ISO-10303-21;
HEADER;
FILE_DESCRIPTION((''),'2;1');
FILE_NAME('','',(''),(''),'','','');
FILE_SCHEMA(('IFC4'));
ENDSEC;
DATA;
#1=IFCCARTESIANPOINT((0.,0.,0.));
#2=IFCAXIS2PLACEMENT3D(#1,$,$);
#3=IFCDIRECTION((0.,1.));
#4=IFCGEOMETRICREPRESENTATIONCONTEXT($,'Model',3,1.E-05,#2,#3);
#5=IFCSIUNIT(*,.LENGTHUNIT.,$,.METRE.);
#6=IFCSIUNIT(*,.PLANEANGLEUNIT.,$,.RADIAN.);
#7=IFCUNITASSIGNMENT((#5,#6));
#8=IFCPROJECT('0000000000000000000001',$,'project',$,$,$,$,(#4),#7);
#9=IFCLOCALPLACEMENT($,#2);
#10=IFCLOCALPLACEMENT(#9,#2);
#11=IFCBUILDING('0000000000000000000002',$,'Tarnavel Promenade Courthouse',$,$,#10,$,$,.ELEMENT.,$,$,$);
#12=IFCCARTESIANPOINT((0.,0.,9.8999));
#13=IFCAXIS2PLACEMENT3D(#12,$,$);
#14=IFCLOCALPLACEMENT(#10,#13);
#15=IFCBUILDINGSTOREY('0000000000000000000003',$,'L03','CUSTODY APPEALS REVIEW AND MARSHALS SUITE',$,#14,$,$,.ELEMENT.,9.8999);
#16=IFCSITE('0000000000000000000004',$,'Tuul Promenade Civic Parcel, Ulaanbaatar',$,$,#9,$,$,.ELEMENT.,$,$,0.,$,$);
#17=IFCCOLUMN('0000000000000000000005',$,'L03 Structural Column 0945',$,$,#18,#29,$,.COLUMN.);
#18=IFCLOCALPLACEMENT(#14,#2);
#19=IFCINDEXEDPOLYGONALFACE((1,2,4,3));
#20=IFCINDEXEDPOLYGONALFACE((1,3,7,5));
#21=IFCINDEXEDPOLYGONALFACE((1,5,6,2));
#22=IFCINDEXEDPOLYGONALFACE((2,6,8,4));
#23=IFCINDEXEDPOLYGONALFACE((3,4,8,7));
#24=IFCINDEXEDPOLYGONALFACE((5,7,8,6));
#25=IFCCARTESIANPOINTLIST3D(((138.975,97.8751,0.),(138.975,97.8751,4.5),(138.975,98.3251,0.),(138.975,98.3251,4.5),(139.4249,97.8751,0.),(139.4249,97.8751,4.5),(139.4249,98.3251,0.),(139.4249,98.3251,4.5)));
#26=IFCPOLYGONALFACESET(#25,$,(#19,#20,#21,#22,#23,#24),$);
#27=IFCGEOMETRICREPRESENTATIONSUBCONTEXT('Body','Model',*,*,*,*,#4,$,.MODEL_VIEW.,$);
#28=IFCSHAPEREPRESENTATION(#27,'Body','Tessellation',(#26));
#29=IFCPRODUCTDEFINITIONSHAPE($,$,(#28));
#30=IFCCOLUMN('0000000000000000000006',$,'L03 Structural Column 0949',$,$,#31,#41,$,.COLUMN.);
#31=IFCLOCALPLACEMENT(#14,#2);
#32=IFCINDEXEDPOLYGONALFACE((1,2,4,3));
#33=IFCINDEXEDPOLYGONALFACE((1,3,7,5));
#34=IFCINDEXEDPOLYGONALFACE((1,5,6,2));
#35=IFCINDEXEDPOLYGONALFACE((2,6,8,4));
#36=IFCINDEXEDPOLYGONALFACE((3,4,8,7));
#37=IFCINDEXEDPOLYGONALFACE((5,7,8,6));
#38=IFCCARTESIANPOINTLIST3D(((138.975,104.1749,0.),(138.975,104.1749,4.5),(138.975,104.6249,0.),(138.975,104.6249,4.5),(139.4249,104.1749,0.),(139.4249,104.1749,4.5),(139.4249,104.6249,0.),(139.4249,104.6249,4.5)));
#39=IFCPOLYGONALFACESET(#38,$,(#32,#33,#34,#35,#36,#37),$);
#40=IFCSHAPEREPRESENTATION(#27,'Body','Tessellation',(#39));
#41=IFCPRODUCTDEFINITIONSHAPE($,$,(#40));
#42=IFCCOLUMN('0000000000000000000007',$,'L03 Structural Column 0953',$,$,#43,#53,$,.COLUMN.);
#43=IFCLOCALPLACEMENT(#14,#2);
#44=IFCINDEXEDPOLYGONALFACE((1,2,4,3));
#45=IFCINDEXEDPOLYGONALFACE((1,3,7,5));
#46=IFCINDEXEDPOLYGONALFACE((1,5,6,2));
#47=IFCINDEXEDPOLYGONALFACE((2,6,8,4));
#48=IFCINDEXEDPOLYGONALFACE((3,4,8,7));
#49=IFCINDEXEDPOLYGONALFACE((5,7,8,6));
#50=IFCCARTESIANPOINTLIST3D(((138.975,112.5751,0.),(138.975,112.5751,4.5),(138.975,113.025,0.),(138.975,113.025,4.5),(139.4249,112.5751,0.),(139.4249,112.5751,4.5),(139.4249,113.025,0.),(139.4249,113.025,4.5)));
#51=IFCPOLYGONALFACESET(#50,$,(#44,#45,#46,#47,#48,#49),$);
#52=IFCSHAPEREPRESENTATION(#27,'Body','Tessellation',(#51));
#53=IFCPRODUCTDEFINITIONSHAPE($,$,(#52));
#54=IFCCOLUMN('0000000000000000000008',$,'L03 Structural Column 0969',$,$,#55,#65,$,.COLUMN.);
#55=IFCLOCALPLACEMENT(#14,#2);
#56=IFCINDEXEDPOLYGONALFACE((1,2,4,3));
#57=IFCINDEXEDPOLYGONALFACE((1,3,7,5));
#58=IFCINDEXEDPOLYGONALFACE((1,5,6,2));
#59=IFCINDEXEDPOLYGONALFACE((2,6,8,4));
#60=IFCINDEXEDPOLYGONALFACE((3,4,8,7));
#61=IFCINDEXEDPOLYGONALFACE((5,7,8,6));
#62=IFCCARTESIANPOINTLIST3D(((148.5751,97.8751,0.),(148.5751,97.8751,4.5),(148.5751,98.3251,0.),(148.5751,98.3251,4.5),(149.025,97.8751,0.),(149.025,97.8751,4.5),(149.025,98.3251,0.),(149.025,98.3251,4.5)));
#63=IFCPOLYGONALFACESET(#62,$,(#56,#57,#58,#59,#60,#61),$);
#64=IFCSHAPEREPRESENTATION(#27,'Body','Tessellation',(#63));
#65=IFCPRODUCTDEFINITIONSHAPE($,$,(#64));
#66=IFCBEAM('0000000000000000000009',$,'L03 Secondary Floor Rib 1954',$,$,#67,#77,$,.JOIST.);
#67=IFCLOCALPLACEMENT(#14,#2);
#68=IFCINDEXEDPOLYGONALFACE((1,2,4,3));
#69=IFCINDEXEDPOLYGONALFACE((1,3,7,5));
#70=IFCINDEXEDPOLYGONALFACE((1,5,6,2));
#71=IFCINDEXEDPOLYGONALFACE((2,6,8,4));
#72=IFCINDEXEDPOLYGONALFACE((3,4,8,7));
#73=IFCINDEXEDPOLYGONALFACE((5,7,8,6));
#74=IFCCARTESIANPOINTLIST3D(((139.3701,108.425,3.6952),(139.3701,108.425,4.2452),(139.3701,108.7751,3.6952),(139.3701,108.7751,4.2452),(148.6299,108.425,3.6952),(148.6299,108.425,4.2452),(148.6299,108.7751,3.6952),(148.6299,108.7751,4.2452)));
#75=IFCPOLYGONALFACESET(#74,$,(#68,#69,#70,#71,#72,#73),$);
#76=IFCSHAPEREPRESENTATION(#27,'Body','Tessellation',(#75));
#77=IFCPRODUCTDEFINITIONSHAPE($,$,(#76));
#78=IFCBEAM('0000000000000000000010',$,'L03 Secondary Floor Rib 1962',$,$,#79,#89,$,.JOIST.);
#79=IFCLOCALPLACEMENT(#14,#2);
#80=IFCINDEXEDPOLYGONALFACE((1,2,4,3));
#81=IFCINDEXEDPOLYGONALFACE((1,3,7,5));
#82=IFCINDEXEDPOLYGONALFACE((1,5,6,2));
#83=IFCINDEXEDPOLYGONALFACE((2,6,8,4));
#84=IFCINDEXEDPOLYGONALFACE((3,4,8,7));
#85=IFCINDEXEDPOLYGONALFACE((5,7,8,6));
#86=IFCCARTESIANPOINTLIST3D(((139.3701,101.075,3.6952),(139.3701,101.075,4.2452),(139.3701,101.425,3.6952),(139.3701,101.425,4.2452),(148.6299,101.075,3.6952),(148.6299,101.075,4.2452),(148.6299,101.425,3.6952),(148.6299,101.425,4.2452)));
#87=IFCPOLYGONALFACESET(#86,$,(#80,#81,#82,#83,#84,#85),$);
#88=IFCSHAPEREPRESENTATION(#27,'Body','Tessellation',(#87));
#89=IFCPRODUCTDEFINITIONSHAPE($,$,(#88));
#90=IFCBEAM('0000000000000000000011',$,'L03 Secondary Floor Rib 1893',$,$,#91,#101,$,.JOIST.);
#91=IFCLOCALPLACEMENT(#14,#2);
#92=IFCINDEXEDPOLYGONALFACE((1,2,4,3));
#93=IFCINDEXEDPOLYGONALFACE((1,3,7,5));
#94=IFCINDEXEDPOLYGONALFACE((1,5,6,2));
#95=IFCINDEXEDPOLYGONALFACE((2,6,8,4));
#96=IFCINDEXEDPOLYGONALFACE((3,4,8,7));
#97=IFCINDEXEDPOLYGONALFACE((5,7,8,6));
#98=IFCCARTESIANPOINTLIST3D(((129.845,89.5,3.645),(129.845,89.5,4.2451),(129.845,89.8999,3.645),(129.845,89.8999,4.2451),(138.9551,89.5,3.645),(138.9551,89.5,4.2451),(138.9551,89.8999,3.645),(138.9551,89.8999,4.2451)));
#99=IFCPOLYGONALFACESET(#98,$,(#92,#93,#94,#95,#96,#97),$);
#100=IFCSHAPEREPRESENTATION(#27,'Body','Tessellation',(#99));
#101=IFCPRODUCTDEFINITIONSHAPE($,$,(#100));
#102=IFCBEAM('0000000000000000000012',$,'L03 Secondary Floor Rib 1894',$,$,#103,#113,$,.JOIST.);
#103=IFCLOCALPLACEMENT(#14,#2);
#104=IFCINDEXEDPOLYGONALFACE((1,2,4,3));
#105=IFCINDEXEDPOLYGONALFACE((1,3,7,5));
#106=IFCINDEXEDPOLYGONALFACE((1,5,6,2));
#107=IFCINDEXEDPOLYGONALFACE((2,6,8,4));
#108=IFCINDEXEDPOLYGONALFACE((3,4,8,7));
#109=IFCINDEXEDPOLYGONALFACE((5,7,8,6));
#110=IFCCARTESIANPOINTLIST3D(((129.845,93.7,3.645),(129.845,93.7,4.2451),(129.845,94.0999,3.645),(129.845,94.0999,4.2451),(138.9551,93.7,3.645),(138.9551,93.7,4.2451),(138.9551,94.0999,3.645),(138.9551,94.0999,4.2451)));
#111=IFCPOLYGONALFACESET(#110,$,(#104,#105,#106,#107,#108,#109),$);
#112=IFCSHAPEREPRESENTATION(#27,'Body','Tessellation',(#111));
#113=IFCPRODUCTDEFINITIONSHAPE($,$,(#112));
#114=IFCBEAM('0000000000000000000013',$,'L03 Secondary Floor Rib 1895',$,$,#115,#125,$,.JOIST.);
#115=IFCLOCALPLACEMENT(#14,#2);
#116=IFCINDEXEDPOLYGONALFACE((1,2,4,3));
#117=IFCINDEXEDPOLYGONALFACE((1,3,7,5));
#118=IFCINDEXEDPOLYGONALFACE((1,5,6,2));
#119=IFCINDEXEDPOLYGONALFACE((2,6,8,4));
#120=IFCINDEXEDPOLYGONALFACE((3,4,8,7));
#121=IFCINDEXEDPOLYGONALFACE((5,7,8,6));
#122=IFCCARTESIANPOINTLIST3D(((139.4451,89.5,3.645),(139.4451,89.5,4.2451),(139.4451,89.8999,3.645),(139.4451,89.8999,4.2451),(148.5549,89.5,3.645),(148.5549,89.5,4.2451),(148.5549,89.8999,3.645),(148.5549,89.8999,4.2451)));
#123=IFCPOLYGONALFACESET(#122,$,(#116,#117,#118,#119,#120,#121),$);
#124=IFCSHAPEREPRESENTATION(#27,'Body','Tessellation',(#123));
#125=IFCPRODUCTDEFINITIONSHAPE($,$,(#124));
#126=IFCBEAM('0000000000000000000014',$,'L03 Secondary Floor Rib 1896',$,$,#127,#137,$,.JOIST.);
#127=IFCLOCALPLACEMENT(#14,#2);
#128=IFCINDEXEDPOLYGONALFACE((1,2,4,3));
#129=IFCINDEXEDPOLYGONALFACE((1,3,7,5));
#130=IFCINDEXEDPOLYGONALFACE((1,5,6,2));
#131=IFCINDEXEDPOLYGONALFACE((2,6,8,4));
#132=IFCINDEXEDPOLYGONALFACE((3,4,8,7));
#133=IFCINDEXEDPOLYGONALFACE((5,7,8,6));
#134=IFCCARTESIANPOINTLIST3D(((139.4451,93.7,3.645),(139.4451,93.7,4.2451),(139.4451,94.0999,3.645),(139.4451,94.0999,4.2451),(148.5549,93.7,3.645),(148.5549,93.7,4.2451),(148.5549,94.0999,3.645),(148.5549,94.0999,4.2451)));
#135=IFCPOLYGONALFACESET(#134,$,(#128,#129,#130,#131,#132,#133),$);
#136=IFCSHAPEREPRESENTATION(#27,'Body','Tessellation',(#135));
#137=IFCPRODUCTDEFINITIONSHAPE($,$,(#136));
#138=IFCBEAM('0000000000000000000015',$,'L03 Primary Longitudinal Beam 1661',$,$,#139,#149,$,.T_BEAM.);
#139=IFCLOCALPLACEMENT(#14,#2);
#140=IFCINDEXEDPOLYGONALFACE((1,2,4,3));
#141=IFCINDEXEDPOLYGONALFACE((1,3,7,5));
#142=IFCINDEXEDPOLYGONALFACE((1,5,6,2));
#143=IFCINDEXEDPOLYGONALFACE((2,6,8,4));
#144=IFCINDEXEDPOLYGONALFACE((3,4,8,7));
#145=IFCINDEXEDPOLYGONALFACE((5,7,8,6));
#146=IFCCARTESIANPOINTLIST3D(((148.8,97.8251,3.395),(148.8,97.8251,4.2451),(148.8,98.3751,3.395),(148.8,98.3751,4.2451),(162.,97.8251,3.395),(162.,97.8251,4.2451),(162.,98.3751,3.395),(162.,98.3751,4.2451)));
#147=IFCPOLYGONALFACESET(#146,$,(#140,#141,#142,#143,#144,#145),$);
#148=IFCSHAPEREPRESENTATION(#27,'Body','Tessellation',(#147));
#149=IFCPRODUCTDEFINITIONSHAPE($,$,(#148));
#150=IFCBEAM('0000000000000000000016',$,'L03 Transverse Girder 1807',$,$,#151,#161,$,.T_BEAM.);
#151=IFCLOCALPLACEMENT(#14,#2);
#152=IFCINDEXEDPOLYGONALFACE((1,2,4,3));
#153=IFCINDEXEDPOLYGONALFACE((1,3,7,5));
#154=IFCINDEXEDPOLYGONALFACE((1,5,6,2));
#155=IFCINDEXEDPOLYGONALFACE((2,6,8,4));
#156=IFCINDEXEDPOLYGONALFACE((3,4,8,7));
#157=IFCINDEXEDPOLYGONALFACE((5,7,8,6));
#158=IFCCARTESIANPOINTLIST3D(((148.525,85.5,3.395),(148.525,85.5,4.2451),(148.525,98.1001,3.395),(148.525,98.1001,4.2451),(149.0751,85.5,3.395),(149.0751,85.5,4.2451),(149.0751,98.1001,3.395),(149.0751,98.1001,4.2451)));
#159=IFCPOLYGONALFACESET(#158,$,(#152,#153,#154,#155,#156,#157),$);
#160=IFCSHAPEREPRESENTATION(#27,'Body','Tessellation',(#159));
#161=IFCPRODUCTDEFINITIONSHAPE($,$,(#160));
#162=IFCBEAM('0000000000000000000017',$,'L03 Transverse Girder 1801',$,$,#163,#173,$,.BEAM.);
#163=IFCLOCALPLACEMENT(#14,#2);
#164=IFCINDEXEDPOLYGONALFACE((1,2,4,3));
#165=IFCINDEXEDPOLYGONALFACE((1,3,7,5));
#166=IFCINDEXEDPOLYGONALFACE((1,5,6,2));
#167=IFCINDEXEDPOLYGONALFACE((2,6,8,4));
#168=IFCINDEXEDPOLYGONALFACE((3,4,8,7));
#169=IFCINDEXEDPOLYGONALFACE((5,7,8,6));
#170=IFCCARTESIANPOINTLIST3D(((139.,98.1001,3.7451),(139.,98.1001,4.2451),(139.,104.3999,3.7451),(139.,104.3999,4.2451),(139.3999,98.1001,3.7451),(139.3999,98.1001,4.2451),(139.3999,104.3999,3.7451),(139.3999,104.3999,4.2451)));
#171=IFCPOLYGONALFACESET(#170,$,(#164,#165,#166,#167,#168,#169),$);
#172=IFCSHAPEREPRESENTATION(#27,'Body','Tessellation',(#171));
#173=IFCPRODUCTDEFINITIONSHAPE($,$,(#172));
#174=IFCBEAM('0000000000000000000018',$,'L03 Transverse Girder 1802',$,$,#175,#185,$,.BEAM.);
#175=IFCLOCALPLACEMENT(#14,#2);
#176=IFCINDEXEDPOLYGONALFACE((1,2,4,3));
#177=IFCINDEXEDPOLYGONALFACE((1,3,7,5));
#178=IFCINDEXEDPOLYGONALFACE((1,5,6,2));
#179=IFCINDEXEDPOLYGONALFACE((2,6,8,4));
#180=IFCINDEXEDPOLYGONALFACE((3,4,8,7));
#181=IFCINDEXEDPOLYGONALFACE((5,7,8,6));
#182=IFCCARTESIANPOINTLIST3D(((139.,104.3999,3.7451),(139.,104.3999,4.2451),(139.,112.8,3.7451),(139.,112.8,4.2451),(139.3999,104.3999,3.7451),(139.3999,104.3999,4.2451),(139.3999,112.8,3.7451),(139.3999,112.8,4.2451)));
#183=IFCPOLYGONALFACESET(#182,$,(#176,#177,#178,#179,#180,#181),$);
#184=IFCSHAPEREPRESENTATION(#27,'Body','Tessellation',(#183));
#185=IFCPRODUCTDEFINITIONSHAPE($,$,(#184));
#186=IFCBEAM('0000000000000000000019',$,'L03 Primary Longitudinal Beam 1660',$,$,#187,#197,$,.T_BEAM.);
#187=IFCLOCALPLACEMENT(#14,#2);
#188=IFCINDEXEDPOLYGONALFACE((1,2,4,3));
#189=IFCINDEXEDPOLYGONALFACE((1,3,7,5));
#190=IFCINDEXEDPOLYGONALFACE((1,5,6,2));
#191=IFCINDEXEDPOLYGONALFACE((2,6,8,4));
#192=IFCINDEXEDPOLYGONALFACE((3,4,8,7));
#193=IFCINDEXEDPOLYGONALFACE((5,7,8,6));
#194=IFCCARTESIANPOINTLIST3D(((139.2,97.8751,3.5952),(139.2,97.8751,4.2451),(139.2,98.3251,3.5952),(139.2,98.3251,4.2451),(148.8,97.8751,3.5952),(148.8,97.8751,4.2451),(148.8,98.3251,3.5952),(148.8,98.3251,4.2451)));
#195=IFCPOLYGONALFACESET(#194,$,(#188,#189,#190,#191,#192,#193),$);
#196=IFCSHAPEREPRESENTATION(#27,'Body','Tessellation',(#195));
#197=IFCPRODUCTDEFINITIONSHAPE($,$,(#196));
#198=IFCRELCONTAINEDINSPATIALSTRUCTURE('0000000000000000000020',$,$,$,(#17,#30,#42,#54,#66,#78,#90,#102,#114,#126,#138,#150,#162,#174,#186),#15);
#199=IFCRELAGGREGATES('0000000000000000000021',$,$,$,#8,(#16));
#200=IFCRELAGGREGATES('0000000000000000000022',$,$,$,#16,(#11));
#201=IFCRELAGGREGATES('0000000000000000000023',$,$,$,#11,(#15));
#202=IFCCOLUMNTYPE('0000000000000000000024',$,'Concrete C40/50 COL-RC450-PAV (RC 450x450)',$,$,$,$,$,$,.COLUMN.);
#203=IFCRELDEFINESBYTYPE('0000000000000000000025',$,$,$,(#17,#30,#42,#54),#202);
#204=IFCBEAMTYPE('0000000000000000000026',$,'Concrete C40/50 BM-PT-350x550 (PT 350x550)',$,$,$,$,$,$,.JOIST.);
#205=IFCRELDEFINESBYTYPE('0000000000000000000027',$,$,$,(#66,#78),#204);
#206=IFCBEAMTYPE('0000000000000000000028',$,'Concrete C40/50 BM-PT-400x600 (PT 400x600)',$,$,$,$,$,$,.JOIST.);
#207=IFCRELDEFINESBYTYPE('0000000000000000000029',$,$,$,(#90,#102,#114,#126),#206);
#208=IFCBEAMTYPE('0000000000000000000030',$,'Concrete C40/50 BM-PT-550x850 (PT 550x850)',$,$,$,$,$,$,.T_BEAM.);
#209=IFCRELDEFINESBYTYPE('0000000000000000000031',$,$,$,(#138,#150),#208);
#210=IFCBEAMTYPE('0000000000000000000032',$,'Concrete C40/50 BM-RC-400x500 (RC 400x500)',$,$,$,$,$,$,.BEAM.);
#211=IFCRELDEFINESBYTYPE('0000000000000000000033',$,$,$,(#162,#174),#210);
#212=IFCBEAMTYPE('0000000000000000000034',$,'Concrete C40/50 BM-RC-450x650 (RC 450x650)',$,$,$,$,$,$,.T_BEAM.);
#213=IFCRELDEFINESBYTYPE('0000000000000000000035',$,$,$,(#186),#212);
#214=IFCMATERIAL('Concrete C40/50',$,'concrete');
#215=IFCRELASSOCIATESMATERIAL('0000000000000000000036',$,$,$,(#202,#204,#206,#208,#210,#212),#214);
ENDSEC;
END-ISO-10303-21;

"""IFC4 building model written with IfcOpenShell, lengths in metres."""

from ifc_helpers import new_model, si_unit, direction, frame, origin, origin_2d, place, context, subcontext, project, spatial, rectangle, extrude, material, material_profile, profile_set, type_object, element, save


model = new_model("IFC4")

# Units and contexts
model_context = context("Model", 3, precision=1e-05, world=origin(), true_north=direction((0.0, 1.0)))
body_context = subcontext(model_context, "Body", "Model", "MODEL_VIEW")
ifc_project = project(units=[si_unit("LENGTHUNIT", "METRE"), si_unit("PLANEANGLEUNIT", "RADIAN")], contexts=[model_context])

# Site, building, storey
site_placement = place(None, origin())
site = spatial("IfcSite", under=ifc_project, at=site_placement, Name="Tuul Promenade Civic Parcel, Ulaanbaatar", CompositionType="ELEMENT", RefElevation=0.0)
building_placement = place(site_placement, origin())
building = spatial("IfcBuilding", under=site, at=building_placement, Name="Tarnavel Promenade Courthouse", CompositionType="ELEMENT")
storey_placement = place(building_placement, frame((0.0, 0.0, 9.8999)))
storey = spatial("IfcBuildingStorey", under=building, at=storey_placement, Name="L03", Description="CUSTODY APPEALS REVIEW AND MARSHALS SUITE", CompositionType="ELEMENT", Elevation=9.8999)

# Columns
ifc_material_1 = material(Name="Concrete C40/50", Category="concrete")
ifc_material_profile_1 = material_profile(ifc_material_1, rectangle(XDim=0.45, YDim=0.45, at=origin_2d()), Name="RC 450x450")
ifc_profile_set_1 = profile_set([ifc_material_profile_1], Name="Concrete C40/50")
column_type = type_object("IfcColumnType", Name="Concrete C40/50 COL-RC450-PAV (RC 450x450)", PredefinedType="COLUMN", material=ifc_profile_set_1)
for number, where, z_axis, x_axis, name in (
    (1, (139.2, 98.1001, 0.0), (0.0, 0.0, 1.0), (1.0, 0.0, 0.0), "L03 Structural Column 0945"),
    (2, (139.2, 104.3999, 0.0), (0.0, 0.0, 1.0), (1.0, 0.0, 0.0), "L03 Structural Column 0949"),
    (3, (139.2, 112.8, 0.0), (0.0, 0.0, 1.0), (1.0, 0.0, 0.0), "L03 Structural Column 0953"),
    (4, (148.8, 98.1001, 0.0), (0.0, 0.0, 1.0), (1.0, 0.0, 0.0), "L03 Structural Column 0969"),
):
    element("IfcColumn", number, at=place(storey_placement, frame(where, z_axis=z_axis, x_axis=x_axis)), inside=storey, type_object=column_type, Name=name, PredefinedType="COLUMN", context=body_context, shape_type="SweptSolid", body=[
        extrude(rectangle(XDim=0.45, YDim=0.45, at=origin_2d()), origin(), (0.0, 0.0, 1.0), 4.5),
    ])

# Beams
ifc_material_profile_2 = material_profile(ifc_material_1, rectangle(XDim=0.3501, YDim=0.55, at=origin_2d()), Name="PT 350x550")
ifc_profile_set_2 = profile_set([ifc_material_profile_2], Name="Concrete C40/50")
beam_type_1 = type_object("IfcBeamType", Name="Concrete C40/50 BM-PT-350x550 (PT 350x550)", PredefinedType="JOIST", material=ifc_profile_set_2)
for number, where, z_axis, x_axis, name in (
    (5, (139.3701, 108.6001, 3.9702), (1.0, 0.0, 0.0), (0.0, 1.0, 0.0), "L03 Secondary Floor Rib 1954"),
    (6, (139.3701, 101.25, 3.9702), (1.0, 0.0, 0.0), (0.0, 1.0, 0.0), "L03 Secondary Floor Rib 1962"),
):
    element("IfcBeam", number, at=place(storey_placement, frame(where, z_axis=z_axis, x_axis=x_axis)), inside=storey, type_object=beam_type_1, Name=name, PredefinedType="JOIST", context=body_context, shape_type="SweptSolid", body=[
        extrude(rectangle(XDim=0.3501, YDim=0.55, at=origin_2d()), origin(), (0.0, 0.0, 1.0), 9.2598),
    ])
ifc_material_profile_3 = material_profile(ifc_material_1, rectangle(XDim=0.3999, YDim=0.6001, at=origin_2d()), Name="PT 400x600")
ifc_profile_set_3 = profile_set([ifc_material_profile_3], Name="Concrete C40/50")
beam_type_2 = type_object("IfcBeamType", Name="Concrete C40/50 BM-PT-400x600 (PT 400x600)", PredefinedType="JOIST", material=ifc_profile_set_3)
for number, where, z_axis, x_axis, name in (
    (7, (129.845, 89.7, 3.9451), (1.0, 0.0, 0.0), (0.0, 1.0, 0.0), "L03 Secondary Floor Rib 1893"),
    (8, (129.845, 93.8999, 3.9451), (1.0, 0.0, 0.0), (0.0, 1.0, 0.0), "L03 Secondary Floor Rib 1894"),
):
    element("IfcBeam", number, at=place(storey_placement, frame(where, z_axis=z_axis, x_axis=x_axis)), inside=storey, type_object=beam_type_2, Name=name, PredefinedType="JOIST", context=body_context, shape_type="SweptSolid", body=[
        extrude(rectangle(XDim=0.3999, YDim=0.6001, at=origin_2d()), origin(), (0.0, 0.0, 1.0), 9.1101),
    ])
for number, where, z_axis, x_axis, name in (
    (9, (139.4451, 89.7, 3.9451), (1.0, 0.0, 0.0), (0.0, 1.0, 0.0), "L03 Secondary Floor Rib 1895"),
    (10, (139.4451, 93.8999, 3.9451), (1.0, 0.0, 0.0), (0.0, 1.0, 0.0), "L03 Secondary Floor Rib 1896"),
):
    element("IfcBeam", number, at=place(storey_placement, frame(where, z_axis=z_axis, x_axis=x_axis)), inside=storey, type_object=beam_type_2, Name=name, PredefinedType="JOIST", context=body_context, shape_type="SweptSolid", body=[
        extrude(rectangle(XDim=0.3999, YDim=0.6001, at=origin_2d()), origin(), (0.0, 0.0, 1.0), 9.1099),
    ])
ifc_material_profile_4 = material_profile(ifc_material_1, rectangle(XDim=0.55, YDim=0.8501, at=origin_2d()), Name="PT 550x850")
ifc_profile_set_4 = profile_set([ifc_material_profile_4], Name="Concrete C40/50")
beam_type_3 = type_object("IfcBeamType", Name="Concrete C40/50 BM-PT-550x850 (PT 550x850)", PredefinedType="T_BEAM", material=ifc_profile_set_4)
beam_1_placement = place(storey_placement, frame((148.8, 98.1001, 3.8201), z_axis=(1.0, 0.0, 0.0), x_axis=(0.0, 1.0, 0.0)))
element("IfcBeam", 11, at=beam_1_placement, inside=storey, type_object=beam_type_3, Name="L03 Primary Longitudinal Beam 1661", PredefinedType="T_BEAM", context=body_context, shape_type="SweptSolid", body=[
    extrude(rectangle(XDim=0.55, YDim=0.8501, at=origin_2d()), origin(), (0.0, 0.0, 1.0), 13.2),
])
beam_2_placement = place(storey_placement, frame((148.8, 85.5, 3.8201), z_axis=(0.0, 1.0, 0.0), x_axis=(-1.0, 0.0, 0.0)))
element("IfcBeam", 12, at=beam_2_placement, inside=storey, type_object=beam_type_3, Name="L03 Transverse Girder 1807", PredefinedType="T_BEAM", context=body_context, shape_type="SweptSolid", body=[
    extrude(rectangle(XDim=0.55, YDim=0.8501, at=origin_2d()), origin(), (0.0, 0.0, 1.0), 12.6001),
])
ifc_material_profile_5 = material_profile(ifc_material_1, rectangle(XDim=0.3999, YDim=0.5, at=origin_2d()), Name="RC 400x500")
ifc_profile_set_5 = profile_set([ifc_material_profile_5], Name="Concrete C40/50")
beam_type_4 = type_object("IfcBeamType", Name="Concrete C40/50 BM-RC-400x500 (RC 400x500)", PredefinedType="BEAM", material=ifc_profile_set_5)
beam_3_placement = place(storey_placement, frame((139.2, 98.1001, 3.9951), z_axis=(0.0, 1.0, 0.0), x_axis=(-1.0, 0.0, 0.0)))
element("IfcBeam", 13, at=beam_3_placement, inside=storey, type_object=beam_type_4, Name="L03 Transverse Girder 1801", PredefinedType="BEAM", context=body_context, shape_type="SweptSolid", body=[
    extrude(rectangle(XDim=0.3999, YDim=0.5, at=origin_2d()), origin(), (0.0, 0.0, 1.0), 6.2998),
])
beam_4_placement = place(storey_placement, frame((139.2, 104.3999, 3.9951), z_axis=(0.0, 1.0, 0.0), x_axis=(-1.0, 0.0, 0.0)))
element("IfcBeam", 14, at=beam_4_placement, inside=storey, type_object=beam_type_4, Name="L03 Transverse Girder 1802", PredefinedType="BEAM", context=body_context, shape_type="SweptSolid", body=[
    extrude(rectangle(XDim=0.3999, YDim=0.5, at=origin_2d()), origin(), (0.0, 0.0, 1.0), 8.4001),
])
ifc_material_profile_6 = material_profile(ifc_material_1, rectangle(XDim=0.45, YDim=0.6499, at=origin_2d()), Name="RC 450x650")
ifc_profile_set_6 = profile_set([ifc_material_profile_6], Name="Concrete C40/50")
beam_type_5 = type_object("IfcBeamType", Name="Concrete C40/50 BM-RC-450x650 (RC 450x650)", PredefinedType="T_BEAM", material=ifc_profile_set_6)
beam_5_placement = place(storey_placement, frame((139.2, 98.1001, 3.9202), z_axis=(1.0, 0.0, 0.0), x_axis=(0.0, 1.0, 0.0)))
element("IfcBeam", 15, at=beam_5_placement, inside=storey, type_object=beam_type_5, Name="L03 Primary Longitudinal Beam 1660", PredefinedType="T_BEAM", context=body_context, shape_type="SweptSolid", body=[
    extrude(rectangle(XDim=0.45, YDim=0.6499, at=origin_2d()), origin(), (0.0, 0.0, 1.0), 9.6001),
])

save(model, "model.ifc")
